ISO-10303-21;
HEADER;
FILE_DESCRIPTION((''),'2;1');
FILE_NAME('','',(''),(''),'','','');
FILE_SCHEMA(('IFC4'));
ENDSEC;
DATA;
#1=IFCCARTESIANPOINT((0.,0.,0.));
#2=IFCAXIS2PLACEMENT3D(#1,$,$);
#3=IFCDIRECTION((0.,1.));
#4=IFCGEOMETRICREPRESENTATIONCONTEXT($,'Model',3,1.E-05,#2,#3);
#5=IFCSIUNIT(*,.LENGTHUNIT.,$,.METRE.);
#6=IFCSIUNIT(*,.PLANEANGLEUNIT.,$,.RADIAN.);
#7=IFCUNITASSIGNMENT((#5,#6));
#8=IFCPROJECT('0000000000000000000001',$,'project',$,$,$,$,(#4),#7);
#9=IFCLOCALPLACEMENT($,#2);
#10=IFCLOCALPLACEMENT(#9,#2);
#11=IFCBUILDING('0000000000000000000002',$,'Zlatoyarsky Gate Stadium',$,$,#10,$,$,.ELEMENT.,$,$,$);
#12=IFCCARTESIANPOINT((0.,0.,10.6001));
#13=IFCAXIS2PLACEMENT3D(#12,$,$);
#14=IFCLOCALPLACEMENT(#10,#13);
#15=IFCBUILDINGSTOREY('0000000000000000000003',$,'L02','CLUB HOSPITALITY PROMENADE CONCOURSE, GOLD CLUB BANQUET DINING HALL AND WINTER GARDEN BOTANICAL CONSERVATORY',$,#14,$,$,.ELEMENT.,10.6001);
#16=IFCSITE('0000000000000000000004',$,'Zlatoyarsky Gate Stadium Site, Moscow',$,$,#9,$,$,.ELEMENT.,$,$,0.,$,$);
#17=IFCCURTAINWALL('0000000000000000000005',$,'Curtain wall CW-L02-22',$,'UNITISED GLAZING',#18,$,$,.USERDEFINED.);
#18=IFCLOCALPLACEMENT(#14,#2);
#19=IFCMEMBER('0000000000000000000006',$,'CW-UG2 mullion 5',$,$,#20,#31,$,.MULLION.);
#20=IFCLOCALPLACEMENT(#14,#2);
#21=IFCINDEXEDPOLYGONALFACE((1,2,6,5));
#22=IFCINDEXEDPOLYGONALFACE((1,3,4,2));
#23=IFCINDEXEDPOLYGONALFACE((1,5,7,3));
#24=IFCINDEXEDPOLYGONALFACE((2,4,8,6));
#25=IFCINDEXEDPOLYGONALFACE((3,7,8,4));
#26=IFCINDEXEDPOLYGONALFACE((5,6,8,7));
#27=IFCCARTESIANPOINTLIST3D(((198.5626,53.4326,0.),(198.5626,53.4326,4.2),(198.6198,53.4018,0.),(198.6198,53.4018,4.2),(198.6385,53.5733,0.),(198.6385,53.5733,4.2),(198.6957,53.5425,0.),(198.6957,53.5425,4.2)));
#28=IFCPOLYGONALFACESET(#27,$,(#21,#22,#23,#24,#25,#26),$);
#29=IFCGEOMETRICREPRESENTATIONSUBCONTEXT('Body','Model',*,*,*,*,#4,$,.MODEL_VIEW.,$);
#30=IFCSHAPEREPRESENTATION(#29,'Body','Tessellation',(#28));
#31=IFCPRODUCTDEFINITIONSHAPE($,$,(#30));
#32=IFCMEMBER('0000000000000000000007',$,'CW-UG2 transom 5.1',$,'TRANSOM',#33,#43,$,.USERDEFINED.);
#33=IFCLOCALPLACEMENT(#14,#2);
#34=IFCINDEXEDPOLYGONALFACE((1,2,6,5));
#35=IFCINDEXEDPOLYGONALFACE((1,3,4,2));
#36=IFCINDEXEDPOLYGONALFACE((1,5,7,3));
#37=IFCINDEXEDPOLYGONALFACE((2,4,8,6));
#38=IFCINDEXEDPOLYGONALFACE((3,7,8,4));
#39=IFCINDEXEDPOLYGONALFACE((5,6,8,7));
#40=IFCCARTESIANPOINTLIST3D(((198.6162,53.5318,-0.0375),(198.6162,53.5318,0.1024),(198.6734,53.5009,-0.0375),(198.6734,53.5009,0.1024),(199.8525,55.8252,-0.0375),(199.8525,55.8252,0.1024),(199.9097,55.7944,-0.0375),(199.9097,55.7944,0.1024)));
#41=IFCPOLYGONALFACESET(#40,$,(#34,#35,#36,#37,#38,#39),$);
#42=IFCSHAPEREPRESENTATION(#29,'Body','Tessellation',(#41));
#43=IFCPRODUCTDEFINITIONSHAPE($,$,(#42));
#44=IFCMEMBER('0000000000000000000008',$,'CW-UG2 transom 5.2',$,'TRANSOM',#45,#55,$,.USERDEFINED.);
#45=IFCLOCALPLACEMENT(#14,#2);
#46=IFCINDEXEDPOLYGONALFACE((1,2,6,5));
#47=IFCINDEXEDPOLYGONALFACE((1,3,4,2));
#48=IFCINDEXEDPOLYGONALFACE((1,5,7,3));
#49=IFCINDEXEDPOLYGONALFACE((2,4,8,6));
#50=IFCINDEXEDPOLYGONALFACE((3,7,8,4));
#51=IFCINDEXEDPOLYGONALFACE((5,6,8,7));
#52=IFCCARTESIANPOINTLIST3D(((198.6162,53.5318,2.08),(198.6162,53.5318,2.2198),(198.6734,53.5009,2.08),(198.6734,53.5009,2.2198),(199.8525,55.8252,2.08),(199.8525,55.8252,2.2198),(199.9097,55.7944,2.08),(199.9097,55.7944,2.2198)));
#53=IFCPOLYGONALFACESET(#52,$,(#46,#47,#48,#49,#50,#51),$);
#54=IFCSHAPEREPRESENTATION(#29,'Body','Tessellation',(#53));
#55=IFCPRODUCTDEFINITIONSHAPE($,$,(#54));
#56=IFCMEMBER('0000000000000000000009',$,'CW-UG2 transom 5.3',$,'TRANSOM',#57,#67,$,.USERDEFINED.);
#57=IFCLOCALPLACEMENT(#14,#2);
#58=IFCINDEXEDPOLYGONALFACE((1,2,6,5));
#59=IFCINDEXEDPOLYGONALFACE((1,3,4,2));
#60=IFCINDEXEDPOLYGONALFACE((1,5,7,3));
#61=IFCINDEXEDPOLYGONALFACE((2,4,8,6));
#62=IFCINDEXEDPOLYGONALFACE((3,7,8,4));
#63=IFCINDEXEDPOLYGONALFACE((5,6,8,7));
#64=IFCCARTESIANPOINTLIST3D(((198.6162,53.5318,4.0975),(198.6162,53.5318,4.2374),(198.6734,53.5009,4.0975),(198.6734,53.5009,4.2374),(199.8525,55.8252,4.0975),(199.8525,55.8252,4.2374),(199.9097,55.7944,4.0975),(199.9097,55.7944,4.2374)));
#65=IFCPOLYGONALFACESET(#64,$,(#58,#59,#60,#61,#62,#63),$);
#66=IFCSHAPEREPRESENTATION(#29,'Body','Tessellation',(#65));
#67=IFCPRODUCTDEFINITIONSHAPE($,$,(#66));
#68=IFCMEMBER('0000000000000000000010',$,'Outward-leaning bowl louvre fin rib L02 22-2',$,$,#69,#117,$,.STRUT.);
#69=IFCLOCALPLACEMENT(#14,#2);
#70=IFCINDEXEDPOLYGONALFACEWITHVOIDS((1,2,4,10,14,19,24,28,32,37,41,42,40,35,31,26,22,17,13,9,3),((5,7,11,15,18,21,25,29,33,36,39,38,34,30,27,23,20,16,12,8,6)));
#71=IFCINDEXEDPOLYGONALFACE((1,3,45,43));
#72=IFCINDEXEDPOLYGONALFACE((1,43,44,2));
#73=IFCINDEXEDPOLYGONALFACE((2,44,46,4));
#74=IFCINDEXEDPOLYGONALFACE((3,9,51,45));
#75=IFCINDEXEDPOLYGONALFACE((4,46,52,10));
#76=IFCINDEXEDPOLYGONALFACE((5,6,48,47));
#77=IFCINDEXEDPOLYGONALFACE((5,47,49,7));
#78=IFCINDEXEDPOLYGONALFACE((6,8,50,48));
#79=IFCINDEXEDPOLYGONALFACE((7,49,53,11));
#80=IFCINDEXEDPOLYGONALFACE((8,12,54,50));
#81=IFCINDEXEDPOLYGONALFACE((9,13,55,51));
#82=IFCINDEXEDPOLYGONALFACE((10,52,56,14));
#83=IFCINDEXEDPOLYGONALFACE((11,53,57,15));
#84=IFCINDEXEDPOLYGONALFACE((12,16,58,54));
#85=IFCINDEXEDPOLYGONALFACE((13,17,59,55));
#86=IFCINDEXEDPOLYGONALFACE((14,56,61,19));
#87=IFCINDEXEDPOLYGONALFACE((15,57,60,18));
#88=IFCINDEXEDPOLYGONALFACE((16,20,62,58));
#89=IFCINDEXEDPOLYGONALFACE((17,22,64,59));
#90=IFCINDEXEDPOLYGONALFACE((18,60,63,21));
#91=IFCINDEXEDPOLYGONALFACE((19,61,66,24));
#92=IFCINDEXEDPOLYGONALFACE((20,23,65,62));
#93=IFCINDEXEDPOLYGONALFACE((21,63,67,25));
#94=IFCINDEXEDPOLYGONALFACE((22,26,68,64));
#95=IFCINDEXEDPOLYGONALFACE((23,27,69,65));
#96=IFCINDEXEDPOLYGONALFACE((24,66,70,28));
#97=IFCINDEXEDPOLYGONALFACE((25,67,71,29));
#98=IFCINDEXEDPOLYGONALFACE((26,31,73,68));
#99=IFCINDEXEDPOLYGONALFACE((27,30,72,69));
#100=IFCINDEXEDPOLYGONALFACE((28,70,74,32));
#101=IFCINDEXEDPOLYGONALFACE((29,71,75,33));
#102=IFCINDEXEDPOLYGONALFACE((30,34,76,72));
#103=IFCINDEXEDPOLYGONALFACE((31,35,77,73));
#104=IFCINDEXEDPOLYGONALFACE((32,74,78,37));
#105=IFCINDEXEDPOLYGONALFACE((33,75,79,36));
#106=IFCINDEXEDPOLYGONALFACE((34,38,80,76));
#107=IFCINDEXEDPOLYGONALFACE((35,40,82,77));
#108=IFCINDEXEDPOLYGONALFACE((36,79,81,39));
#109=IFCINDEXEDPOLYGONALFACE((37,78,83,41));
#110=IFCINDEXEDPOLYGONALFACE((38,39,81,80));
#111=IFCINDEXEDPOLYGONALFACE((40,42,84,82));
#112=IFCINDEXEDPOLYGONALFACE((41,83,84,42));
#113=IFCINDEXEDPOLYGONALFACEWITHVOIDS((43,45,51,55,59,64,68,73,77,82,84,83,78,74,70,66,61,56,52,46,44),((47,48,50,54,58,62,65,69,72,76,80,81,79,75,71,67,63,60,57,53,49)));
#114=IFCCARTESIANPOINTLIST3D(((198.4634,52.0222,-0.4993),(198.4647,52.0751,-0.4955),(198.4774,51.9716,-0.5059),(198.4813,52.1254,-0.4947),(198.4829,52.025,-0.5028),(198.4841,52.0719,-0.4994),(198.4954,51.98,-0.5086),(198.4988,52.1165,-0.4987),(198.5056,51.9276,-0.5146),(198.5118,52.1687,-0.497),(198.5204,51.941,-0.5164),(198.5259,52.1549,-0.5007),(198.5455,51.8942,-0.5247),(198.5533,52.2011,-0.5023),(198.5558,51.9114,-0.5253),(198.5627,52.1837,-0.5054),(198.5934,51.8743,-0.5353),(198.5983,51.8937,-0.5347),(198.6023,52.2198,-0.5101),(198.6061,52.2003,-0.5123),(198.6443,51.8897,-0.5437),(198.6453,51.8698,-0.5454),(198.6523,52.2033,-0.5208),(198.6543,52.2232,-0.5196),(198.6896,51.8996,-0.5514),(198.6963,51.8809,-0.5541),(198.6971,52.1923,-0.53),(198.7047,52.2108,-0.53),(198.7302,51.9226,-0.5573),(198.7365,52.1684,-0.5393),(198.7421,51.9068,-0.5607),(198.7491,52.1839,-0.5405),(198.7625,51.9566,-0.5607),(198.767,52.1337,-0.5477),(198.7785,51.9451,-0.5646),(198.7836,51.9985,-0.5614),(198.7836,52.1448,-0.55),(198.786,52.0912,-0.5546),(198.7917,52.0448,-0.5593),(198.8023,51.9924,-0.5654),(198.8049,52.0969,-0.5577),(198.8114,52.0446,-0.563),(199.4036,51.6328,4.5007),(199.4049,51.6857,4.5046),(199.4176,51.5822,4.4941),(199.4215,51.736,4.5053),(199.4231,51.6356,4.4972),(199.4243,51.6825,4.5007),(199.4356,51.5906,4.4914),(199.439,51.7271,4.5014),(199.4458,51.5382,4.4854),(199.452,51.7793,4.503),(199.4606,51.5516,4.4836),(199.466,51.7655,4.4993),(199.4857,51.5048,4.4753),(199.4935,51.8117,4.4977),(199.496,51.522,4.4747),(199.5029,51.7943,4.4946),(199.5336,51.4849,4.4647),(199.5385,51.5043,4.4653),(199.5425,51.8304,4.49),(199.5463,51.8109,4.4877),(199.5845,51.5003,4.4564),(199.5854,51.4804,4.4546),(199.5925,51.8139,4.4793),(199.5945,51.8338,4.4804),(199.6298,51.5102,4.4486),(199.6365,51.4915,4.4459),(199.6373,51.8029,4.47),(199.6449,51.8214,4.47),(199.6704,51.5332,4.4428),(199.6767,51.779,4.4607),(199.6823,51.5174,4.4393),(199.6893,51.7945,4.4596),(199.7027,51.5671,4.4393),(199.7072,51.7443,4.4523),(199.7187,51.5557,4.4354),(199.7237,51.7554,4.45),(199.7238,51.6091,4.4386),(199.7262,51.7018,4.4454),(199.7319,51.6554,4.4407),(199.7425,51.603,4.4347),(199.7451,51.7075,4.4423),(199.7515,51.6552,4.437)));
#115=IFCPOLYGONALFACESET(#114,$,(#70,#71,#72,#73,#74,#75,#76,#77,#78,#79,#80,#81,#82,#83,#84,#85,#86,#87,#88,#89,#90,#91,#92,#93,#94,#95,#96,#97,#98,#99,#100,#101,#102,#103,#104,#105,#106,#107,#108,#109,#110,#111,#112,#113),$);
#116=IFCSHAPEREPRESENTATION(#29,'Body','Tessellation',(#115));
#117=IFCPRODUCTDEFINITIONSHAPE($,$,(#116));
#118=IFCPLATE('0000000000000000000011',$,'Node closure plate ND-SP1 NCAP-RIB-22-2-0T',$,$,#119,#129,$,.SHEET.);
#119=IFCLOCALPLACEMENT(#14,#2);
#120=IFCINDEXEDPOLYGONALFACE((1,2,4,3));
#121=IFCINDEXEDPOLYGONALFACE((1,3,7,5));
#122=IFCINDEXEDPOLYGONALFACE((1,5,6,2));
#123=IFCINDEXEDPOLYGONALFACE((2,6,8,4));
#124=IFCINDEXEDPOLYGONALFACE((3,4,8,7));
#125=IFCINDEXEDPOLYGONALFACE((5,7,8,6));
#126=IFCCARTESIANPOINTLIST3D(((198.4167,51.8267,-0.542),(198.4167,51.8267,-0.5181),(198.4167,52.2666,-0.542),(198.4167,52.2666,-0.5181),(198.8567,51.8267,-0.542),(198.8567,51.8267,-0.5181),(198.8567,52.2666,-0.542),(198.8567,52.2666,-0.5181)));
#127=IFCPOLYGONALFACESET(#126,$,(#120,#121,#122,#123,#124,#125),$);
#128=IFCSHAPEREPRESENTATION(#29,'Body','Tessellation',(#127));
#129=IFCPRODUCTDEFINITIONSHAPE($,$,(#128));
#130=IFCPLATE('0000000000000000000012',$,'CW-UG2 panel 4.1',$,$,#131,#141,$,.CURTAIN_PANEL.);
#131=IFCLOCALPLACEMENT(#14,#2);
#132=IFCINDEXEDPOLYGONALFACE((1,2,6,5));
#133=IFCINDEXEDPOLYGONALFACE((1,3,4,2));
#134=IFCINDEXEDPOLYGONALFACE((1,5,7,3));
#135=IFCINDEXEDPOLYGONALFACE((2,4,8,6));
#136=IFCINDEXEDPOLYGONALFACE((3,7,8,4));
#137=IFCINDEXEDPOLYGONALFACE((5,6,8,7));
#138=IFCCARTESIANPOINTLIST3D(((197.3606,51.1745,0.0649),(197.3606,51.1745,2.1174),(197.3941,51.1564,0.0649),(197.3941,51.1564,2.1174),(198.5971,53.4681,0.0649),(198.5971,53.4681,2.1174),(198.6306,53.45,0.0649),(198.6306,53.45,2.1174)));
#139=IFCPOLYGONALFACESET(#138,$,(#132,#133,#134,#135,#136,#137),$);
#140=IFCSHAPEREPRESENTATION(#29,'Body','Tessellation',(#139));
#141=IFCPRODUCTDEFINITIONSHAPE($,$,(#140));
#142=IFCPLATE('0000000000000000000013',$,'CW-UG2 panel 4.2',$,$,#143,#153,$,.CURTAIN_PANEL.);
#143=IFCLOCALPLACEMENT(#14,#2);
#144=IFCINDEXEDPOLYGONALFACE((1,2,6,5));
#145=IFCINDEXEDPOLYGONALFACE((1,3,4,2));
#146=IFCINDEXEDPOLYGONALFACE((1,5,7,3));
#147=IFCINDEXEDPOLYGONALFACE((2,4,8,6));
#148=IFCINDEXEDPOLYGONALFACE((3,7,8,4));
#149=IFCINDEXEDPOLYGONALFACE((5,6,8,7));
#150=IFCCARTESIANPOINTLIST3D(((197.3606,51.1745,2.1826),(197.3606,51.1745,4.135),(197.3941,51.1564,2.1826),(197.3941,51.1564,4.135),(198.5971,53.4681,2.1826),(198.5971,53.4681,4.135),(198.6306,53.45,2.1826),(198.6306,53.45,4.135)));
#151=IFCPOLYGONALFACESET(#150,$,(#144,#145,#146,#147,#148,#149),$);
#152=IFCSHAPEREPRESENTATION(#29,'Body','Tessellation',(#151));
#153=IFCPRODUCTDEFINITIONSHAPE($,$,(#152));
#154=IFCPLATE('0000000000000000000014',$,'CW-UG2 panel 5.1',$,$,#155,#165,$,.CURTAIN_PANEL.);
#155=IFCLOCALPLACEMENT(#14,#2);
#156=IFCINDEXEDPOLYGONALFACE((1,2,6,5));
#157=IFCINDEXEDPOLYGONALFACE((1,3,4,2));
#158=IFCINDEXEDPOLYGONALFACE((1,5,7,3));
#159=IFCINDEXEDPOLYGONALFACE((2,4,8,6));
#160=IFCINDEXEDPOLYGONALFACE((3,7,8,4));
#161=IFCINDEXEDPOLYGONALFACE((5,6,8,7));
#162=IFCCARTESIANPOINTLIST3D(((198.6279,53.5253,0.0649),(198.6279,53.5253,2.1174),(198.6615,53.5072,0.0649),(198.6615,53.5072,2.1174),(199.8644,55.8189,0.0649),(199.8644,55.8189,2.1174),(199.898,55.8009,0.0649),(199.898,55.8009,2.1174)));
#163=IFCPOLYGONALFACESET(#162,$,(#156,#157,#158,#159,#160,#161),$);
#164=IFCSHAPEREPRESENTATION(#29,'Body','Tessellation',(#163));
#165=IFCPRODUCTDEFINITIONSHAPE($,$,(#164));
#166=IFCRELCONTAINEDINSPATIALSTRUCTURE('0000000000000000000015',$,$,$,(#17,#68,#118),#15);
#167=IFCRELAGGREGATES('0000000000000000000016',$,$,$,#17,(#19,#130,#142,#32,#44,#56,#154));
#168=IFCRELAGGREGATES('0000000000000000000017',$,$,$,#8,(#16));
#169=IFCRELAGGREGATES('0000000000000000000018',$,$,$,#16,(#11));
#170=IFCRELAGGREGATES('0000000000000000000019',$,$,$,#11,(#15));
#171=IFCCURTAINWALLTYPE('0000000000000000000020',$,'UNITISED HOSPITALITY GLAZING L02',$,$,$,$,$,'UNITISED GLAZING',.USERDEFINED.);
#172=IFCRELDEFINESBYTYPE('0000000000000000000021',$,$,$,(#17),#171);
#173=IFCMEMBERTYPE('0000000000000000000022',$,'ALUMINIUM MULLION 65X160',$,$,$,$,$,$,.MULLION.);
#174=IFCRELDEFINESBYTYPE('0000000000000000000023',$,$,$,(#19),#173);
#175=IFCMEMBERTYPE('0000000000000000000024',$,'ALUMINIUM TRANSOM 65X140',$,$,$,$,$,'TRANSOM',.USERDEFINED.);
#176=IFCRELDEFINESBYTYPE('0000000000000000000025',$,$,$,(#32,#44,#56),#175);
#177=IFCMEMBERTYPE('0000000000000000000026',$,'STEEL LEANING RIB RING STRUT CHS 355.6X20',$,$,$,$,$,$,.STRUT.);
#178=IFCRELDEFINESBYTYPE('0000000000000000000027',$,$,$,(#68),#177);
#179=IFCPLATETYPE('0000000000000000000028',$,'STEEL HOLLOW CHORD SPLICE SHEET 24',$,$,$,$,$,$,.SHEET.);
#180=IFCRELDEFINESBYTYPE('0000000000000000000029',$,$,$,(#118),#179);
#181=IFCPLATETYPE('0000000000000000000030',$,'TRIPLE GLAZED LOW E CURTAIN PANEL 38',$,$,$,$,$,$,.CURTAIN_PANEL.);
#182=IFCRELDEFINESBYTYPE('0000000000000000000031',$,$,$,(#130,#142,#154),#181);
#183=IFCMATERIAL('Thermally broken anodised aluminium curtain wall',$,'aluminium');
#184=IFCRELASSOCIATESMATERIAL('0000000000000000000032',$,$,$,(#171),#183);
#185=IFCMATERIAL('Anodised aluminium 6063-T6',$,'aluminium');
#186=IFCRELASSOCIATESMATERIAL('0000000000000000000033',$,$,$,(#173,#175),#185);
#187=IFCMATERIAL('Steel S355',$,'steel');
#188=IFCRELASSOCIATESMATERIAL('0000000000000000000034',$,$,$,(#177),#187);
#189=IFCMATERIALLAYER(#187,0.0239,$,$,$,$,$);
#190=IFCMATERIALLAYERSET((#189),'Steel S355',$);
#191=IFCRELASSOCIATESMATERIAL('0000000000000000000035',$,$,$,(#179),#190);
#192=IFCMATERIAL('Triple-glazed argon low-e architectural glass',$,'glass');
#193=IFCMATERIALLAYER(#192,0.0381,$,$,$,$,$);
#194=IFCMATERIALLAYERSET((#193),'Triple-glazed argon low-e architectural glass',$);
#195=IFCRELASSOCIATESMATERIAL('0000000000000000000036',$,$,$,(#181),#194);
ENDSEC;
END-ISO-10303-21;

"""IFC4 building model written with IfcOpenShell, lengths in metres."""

from ifc_helpers import new_model, si_unit, direction, frame, origin, origin_2d, place, context, subcontext, project, spatial, rectangle, hollow_circle, extrude, material, layer, layer_set, material_profile, profile_set, type_object, element, aggregate, save


model = new_model("IFC4")

# Units and contexts
model_context = context("Model", 3, precision=1e-05, world=origin(), true_north=direction((0.0, 1.0)))
body_context = subcontext(model_context, "Body", "Model", "MODEL_VIEW")
ifc_project = project(units=[si_unit("LENGTHUNIT", "METRE"), si_unit("PLANEANGLEUNIT", "RADIAN")], contexts=[model_context])

# Site, building, storey
site_placement = place(None, origin())
site = spatial("IfcSite", under=ifc_project, at=site_placement, Name="Zlatoyarsky Gate Stadium Site, Moscow", CompositionType="ELEMENT", RefElevation=0.0)
building_placement = place(site_placement, origin())
building = spatial("IfcBuilding", under=site, at=building_placement, Name="Zlatoyarsky Gate Stadium", CompositionType="ELEMENT")
storey_placement = place(building_placement, frame((0.0, 0.0, 10.6001)))
storey = spatial("IfcBuildingStorey", under=building, at=storey_placement, Name="L02", Description="CLUB HOSPITALITY PROMENADE CONCOURSE, GOLD CLUB BANQUET DINING HALL AND WINTER GARDEN BOTANICAL CONSERVATORY", CompositionType="ELEMENT", Elevation=10.6001)

# Curtain wall, members
ifc_material_1 = material(Name="Thermally broken anodised aluminium curtain wall", Category="aluminium")
curtain_wall_type = type_object("IfcCurtainWallType", Name="UNITISED HOSPITALITY GLAZING L02", ElementType="UNITISED GLAZING", PredefinedType="USERDEFINED", material=ifc_material_1)
curtain_wall_placement = place(storey_placement, origin())
curtain_wall = element("IfcCurtainWall", 1, at=curtain_wall_placement, inside=storey, type_object=curtain_wall_type, Name="Curtain wall CW-L02-22", ObjectType="UNITISED GLAZING", PredefinedType="USERDEFINED")
ifc_material_2 = material(Name="Anodised aluminium 6063-T6", Category="aluminium")
ifc_material_profile_1 = material_profile(ifc_material_2, rectangle(XDim=0.0649, YDim=0.1599, at=origin_2d()), Name="ALU 65X160")
ifc_profile_set_1 = profile_set([ifc_material_profile_1], Name="Anodised aluminium 6063-T6")
member_type_1 = type_object("IfcMemberType", Name="ALUMINIUM MULLION 65X160", PredefinedType="MULLION", material=ifc_profile_set_1)
member_1_placement = place(storey_placement, frame((198.6292, 53.4875, 0.0), z_axis=(0.0, 0.0, 1.0), x_axis=(-0.880237, 0.474534, 0.0)))
member_1 = element("IfcMember", 2, at=member_1_placement, type_object=member_type_1, Name="CW-UG2 mullion 5", PredefinedType="MULLION", context=body_context, shape_type="SweptSolid", body=[
    extrude(rectangle(XDim=0.0649, YDim=0.1599, at=origin_2d()), origin(), (0.0, 0.0, 1.0), 4.2),
])
ifc_material_profile_2 = material_profile(ifc_material_2, rectangle(XDim=0.0649, YDim=0.1399, at=origin_2d()), Name="ALU 65X140")
ifc_profile_set_2 = profile_set([ifc_material_profile_2], Name="Anodised aluminium 6063-T6")
member_type_2 = type_object("IfcMemberType", Name="ALUMINIUM TRANSOM 65X140", ElementType="TRANSOM", PredefinedType="USERDEFINED", material=ifc_profile_set_2)
member_2_placement = place(storey_placement, frame((198.6448, 53.5164, 0.0325), z_axis=(0.474513, 0.880248, 0.0), x_axis=(-0.880248, 0.474513, 0.0)))
member_2 = element("IfcMember", 3, at=member_2_placement, type_object=member_type_2, Name="CW-UG2 transom 5.1", ObjectType="TRANSOM", PredefinedType="USERDEFINED", context=body_context, shape_type="SweptSolid", body=[
    extrude(rectangle(XDim=0.0649, YDim=0.1399, at=origin_2d()), origin(), (0.0, 0.0, 1.0), 2.6055),
])
member_3_placement = place(storey_placement, frame((198.6448, 53.5164, 2.1499), z_axis=(0.474513, 0.880248, 0.0), x_axis=(-0.880248, 0.474513, 0.0)))
member_3 = element("IfcMember", 4, at=member_3_placement, type_object=member_type_2, Name="CW-UG2 transom 5.2", ObjectType="TRANSOM", PredefinedType="USERDEFINED", context=body_context, shape_type="SweptSolid", body=[
    extrude(rectangle(XDim=0.0649, YDim=0.1399, at=origin_2d()), origin(), (0.0, 0.0, 1.0), 2.6055),
])
member_4_placement = place(storey_placement, frame((198.6448, 53.5164, 4.1675), z_axis=(0.474513, 0.880248, 0.0), x_axis=(-0.880248, 0.474513, 0.0)))
member_4 = element("IfcMember", 5, at=member_4_placement, type_object=member_type_2, Name="CW-UG2 transom 5.3", ObjectType="TRANSOM", PredefinedType="USERDEFINED", context=body_context, shape_type="SweptSolid", body=[
    extrude(rectangle(XDim=0.0649, YDim=0.1399, at=origin_2d()), origin(), (0.0, 0.0, 1.0), 2.6055),
])

# Member
ifc_material_3 = material(Name="Steel S355", Category="steel")
ifc_material_profile_3 = material_profile(ifc_material_3, hollow_circle(Radius=0.1777, WallThickness=0.02, at=origin_2d()), Name="CHS 355.6X20")
ifc_profile_set_3 = profile_set([ifc_material_profile_3], Name="Steel S355")
member_type_3 = type_object("IfcMemberType", Name="STEEL LEANING RIB RING STRUT CHS 355.6X20", PredefinedType="STRUT", material=ifc_profile_set_3)
member_5_placement = place(storey_placement, frame((198.6367, 52.0466, -0.53), z_axis=(0.18426, -0.076316, 0.97991), x_axis=(0.382655, 0.923891, 0.0)))
element("IfcMember", 6, at=member_5_placement, inside=storey, type_object=member_type_3, Name="Outward-leaning bowl louvre fin rib L02 22-2", PredefinedType="STRUT", context=body_context, shape_type="SweptSolid", body=[
    extrude(hollow_circle(Radius=0.1777, WallThickness=0.02, at=origin_2d()), origin(), (0.0, 0.0, 1.0), 5.1025),
])

# Plates
ifc_layer_1 = layer(ifc_material_3, 0.0239)
ifc_layer_set_1 = layer_set([ifc_layer_1], Name="Steel S355")
plate_type_1 = type_object("IfcPlateType", Name="STEEL HOLLOW CHORD SPLICE SHEET 24", PredefinedType="SHEET", material=ifc_layer_set_1)
plate_1_placement = place(storey_placement, frame((198.6367, 52.0466, -0.542), z_axis=(0.0, 0.0, 1.0), x_axis=(1.0, 0.0, 0.0)))
element("IfcPlate", 7, at=plate_1_placement, inside=storey, type_object=plate_type_1, Name="Node closure plate ND-SP1 NCAP-RIB-22-2-0T", PredefinedType="SHEET", context=body_context, shape_type="SweptSolid", body=[
    extrude(rectangle(XDim=0.4399, YDim=0.4399, at=origin_2d()), origin(), (0.0, 0.0, 1.0), 0.0239),
])
ifc_material_4 = material(Name="Triple-glazed argon low-e architectural glass", Category="glass")
ifc_layer_2 = layer(ifc_material_4, 0.0381)
ifc_layer_set_2 = layer_set([ifc_layer_2], Name="Triple-glazed argon low-e architectural glass")
plate_type_2 = type_object("IfcPlateType", Name="TRIPLE GLAZED LOW E CURTAIN PANEL 38", PredefinedType="CURTAIN_PANEL", material=ifc_layer_set_2)
plate_2_placement = place(storey_placement, frame((197.9956, 52.3123, 0.0649), z_axis=(0.0, 0.0, 1.0), x_axis=(0.474534, 0.880237, 0.0)))
plate_2 = element("IfcPlate", 8, at=plate_2_placement, type_object=plate_type_2, Name="CW-UG2 panel 4.1", PredefinedType="CURTAIN_PANEL", context=body_context, shape_type="SweptSolid", body=[
    extrude(rectangle(XDim=2.6057, YDim=0.0381, at=origin_2d()), origin(), (0.0, 0.0, 1.0), 2.0525),
])
plate_3_placement = place(storey_placement, frame((197.9956, 52.3123, 2.1826), z_axis=(0.0, 0.0, 1.0), x_axis=(0.474534, 0.880237, 0.0)))
plate_3 = element("IfcPlate", 9, at=plate_3_placement, type_object=plate_type_2, Name="CW-UG2 panel 4.2", PredefinedType="CURTAIN_PANEL", context=body_context, shape_type="SweptSolid", body=[
    extrude(rectangle(XDim=2.6057, YDim=0.0381, at=origin_2d()), origin(), (0.0, 0.0, 1.0), 1.9524),
])
plate_4_placement = place(storey_placement, frame((199.2629, 54.6631, 0.0649), z_axis=(0.0, 0.0, 1.0), x_axis=(0.474534, 0.880237, 0.0)))
plate_4 = element("IfcPlate", 10, at=plate_4_placement, type_object=plate_type_2, Name="CW-UG2 panel 5.1", PredefinedType="CURTAIN_PANEL", context=body_context, shape_type="SweptSolid", body=[
    extrude(rectangle(XDim=2.6057, YDim=0.0381, at=origin_2d()), origin(), (0.0, 0.0, 1.0), 2.0525),
])
aggregate(curtain_wall, [member_1, plate_2, plate_3, member_2, member_3, member_4, plate_4])

save(model, "model.ifc")
